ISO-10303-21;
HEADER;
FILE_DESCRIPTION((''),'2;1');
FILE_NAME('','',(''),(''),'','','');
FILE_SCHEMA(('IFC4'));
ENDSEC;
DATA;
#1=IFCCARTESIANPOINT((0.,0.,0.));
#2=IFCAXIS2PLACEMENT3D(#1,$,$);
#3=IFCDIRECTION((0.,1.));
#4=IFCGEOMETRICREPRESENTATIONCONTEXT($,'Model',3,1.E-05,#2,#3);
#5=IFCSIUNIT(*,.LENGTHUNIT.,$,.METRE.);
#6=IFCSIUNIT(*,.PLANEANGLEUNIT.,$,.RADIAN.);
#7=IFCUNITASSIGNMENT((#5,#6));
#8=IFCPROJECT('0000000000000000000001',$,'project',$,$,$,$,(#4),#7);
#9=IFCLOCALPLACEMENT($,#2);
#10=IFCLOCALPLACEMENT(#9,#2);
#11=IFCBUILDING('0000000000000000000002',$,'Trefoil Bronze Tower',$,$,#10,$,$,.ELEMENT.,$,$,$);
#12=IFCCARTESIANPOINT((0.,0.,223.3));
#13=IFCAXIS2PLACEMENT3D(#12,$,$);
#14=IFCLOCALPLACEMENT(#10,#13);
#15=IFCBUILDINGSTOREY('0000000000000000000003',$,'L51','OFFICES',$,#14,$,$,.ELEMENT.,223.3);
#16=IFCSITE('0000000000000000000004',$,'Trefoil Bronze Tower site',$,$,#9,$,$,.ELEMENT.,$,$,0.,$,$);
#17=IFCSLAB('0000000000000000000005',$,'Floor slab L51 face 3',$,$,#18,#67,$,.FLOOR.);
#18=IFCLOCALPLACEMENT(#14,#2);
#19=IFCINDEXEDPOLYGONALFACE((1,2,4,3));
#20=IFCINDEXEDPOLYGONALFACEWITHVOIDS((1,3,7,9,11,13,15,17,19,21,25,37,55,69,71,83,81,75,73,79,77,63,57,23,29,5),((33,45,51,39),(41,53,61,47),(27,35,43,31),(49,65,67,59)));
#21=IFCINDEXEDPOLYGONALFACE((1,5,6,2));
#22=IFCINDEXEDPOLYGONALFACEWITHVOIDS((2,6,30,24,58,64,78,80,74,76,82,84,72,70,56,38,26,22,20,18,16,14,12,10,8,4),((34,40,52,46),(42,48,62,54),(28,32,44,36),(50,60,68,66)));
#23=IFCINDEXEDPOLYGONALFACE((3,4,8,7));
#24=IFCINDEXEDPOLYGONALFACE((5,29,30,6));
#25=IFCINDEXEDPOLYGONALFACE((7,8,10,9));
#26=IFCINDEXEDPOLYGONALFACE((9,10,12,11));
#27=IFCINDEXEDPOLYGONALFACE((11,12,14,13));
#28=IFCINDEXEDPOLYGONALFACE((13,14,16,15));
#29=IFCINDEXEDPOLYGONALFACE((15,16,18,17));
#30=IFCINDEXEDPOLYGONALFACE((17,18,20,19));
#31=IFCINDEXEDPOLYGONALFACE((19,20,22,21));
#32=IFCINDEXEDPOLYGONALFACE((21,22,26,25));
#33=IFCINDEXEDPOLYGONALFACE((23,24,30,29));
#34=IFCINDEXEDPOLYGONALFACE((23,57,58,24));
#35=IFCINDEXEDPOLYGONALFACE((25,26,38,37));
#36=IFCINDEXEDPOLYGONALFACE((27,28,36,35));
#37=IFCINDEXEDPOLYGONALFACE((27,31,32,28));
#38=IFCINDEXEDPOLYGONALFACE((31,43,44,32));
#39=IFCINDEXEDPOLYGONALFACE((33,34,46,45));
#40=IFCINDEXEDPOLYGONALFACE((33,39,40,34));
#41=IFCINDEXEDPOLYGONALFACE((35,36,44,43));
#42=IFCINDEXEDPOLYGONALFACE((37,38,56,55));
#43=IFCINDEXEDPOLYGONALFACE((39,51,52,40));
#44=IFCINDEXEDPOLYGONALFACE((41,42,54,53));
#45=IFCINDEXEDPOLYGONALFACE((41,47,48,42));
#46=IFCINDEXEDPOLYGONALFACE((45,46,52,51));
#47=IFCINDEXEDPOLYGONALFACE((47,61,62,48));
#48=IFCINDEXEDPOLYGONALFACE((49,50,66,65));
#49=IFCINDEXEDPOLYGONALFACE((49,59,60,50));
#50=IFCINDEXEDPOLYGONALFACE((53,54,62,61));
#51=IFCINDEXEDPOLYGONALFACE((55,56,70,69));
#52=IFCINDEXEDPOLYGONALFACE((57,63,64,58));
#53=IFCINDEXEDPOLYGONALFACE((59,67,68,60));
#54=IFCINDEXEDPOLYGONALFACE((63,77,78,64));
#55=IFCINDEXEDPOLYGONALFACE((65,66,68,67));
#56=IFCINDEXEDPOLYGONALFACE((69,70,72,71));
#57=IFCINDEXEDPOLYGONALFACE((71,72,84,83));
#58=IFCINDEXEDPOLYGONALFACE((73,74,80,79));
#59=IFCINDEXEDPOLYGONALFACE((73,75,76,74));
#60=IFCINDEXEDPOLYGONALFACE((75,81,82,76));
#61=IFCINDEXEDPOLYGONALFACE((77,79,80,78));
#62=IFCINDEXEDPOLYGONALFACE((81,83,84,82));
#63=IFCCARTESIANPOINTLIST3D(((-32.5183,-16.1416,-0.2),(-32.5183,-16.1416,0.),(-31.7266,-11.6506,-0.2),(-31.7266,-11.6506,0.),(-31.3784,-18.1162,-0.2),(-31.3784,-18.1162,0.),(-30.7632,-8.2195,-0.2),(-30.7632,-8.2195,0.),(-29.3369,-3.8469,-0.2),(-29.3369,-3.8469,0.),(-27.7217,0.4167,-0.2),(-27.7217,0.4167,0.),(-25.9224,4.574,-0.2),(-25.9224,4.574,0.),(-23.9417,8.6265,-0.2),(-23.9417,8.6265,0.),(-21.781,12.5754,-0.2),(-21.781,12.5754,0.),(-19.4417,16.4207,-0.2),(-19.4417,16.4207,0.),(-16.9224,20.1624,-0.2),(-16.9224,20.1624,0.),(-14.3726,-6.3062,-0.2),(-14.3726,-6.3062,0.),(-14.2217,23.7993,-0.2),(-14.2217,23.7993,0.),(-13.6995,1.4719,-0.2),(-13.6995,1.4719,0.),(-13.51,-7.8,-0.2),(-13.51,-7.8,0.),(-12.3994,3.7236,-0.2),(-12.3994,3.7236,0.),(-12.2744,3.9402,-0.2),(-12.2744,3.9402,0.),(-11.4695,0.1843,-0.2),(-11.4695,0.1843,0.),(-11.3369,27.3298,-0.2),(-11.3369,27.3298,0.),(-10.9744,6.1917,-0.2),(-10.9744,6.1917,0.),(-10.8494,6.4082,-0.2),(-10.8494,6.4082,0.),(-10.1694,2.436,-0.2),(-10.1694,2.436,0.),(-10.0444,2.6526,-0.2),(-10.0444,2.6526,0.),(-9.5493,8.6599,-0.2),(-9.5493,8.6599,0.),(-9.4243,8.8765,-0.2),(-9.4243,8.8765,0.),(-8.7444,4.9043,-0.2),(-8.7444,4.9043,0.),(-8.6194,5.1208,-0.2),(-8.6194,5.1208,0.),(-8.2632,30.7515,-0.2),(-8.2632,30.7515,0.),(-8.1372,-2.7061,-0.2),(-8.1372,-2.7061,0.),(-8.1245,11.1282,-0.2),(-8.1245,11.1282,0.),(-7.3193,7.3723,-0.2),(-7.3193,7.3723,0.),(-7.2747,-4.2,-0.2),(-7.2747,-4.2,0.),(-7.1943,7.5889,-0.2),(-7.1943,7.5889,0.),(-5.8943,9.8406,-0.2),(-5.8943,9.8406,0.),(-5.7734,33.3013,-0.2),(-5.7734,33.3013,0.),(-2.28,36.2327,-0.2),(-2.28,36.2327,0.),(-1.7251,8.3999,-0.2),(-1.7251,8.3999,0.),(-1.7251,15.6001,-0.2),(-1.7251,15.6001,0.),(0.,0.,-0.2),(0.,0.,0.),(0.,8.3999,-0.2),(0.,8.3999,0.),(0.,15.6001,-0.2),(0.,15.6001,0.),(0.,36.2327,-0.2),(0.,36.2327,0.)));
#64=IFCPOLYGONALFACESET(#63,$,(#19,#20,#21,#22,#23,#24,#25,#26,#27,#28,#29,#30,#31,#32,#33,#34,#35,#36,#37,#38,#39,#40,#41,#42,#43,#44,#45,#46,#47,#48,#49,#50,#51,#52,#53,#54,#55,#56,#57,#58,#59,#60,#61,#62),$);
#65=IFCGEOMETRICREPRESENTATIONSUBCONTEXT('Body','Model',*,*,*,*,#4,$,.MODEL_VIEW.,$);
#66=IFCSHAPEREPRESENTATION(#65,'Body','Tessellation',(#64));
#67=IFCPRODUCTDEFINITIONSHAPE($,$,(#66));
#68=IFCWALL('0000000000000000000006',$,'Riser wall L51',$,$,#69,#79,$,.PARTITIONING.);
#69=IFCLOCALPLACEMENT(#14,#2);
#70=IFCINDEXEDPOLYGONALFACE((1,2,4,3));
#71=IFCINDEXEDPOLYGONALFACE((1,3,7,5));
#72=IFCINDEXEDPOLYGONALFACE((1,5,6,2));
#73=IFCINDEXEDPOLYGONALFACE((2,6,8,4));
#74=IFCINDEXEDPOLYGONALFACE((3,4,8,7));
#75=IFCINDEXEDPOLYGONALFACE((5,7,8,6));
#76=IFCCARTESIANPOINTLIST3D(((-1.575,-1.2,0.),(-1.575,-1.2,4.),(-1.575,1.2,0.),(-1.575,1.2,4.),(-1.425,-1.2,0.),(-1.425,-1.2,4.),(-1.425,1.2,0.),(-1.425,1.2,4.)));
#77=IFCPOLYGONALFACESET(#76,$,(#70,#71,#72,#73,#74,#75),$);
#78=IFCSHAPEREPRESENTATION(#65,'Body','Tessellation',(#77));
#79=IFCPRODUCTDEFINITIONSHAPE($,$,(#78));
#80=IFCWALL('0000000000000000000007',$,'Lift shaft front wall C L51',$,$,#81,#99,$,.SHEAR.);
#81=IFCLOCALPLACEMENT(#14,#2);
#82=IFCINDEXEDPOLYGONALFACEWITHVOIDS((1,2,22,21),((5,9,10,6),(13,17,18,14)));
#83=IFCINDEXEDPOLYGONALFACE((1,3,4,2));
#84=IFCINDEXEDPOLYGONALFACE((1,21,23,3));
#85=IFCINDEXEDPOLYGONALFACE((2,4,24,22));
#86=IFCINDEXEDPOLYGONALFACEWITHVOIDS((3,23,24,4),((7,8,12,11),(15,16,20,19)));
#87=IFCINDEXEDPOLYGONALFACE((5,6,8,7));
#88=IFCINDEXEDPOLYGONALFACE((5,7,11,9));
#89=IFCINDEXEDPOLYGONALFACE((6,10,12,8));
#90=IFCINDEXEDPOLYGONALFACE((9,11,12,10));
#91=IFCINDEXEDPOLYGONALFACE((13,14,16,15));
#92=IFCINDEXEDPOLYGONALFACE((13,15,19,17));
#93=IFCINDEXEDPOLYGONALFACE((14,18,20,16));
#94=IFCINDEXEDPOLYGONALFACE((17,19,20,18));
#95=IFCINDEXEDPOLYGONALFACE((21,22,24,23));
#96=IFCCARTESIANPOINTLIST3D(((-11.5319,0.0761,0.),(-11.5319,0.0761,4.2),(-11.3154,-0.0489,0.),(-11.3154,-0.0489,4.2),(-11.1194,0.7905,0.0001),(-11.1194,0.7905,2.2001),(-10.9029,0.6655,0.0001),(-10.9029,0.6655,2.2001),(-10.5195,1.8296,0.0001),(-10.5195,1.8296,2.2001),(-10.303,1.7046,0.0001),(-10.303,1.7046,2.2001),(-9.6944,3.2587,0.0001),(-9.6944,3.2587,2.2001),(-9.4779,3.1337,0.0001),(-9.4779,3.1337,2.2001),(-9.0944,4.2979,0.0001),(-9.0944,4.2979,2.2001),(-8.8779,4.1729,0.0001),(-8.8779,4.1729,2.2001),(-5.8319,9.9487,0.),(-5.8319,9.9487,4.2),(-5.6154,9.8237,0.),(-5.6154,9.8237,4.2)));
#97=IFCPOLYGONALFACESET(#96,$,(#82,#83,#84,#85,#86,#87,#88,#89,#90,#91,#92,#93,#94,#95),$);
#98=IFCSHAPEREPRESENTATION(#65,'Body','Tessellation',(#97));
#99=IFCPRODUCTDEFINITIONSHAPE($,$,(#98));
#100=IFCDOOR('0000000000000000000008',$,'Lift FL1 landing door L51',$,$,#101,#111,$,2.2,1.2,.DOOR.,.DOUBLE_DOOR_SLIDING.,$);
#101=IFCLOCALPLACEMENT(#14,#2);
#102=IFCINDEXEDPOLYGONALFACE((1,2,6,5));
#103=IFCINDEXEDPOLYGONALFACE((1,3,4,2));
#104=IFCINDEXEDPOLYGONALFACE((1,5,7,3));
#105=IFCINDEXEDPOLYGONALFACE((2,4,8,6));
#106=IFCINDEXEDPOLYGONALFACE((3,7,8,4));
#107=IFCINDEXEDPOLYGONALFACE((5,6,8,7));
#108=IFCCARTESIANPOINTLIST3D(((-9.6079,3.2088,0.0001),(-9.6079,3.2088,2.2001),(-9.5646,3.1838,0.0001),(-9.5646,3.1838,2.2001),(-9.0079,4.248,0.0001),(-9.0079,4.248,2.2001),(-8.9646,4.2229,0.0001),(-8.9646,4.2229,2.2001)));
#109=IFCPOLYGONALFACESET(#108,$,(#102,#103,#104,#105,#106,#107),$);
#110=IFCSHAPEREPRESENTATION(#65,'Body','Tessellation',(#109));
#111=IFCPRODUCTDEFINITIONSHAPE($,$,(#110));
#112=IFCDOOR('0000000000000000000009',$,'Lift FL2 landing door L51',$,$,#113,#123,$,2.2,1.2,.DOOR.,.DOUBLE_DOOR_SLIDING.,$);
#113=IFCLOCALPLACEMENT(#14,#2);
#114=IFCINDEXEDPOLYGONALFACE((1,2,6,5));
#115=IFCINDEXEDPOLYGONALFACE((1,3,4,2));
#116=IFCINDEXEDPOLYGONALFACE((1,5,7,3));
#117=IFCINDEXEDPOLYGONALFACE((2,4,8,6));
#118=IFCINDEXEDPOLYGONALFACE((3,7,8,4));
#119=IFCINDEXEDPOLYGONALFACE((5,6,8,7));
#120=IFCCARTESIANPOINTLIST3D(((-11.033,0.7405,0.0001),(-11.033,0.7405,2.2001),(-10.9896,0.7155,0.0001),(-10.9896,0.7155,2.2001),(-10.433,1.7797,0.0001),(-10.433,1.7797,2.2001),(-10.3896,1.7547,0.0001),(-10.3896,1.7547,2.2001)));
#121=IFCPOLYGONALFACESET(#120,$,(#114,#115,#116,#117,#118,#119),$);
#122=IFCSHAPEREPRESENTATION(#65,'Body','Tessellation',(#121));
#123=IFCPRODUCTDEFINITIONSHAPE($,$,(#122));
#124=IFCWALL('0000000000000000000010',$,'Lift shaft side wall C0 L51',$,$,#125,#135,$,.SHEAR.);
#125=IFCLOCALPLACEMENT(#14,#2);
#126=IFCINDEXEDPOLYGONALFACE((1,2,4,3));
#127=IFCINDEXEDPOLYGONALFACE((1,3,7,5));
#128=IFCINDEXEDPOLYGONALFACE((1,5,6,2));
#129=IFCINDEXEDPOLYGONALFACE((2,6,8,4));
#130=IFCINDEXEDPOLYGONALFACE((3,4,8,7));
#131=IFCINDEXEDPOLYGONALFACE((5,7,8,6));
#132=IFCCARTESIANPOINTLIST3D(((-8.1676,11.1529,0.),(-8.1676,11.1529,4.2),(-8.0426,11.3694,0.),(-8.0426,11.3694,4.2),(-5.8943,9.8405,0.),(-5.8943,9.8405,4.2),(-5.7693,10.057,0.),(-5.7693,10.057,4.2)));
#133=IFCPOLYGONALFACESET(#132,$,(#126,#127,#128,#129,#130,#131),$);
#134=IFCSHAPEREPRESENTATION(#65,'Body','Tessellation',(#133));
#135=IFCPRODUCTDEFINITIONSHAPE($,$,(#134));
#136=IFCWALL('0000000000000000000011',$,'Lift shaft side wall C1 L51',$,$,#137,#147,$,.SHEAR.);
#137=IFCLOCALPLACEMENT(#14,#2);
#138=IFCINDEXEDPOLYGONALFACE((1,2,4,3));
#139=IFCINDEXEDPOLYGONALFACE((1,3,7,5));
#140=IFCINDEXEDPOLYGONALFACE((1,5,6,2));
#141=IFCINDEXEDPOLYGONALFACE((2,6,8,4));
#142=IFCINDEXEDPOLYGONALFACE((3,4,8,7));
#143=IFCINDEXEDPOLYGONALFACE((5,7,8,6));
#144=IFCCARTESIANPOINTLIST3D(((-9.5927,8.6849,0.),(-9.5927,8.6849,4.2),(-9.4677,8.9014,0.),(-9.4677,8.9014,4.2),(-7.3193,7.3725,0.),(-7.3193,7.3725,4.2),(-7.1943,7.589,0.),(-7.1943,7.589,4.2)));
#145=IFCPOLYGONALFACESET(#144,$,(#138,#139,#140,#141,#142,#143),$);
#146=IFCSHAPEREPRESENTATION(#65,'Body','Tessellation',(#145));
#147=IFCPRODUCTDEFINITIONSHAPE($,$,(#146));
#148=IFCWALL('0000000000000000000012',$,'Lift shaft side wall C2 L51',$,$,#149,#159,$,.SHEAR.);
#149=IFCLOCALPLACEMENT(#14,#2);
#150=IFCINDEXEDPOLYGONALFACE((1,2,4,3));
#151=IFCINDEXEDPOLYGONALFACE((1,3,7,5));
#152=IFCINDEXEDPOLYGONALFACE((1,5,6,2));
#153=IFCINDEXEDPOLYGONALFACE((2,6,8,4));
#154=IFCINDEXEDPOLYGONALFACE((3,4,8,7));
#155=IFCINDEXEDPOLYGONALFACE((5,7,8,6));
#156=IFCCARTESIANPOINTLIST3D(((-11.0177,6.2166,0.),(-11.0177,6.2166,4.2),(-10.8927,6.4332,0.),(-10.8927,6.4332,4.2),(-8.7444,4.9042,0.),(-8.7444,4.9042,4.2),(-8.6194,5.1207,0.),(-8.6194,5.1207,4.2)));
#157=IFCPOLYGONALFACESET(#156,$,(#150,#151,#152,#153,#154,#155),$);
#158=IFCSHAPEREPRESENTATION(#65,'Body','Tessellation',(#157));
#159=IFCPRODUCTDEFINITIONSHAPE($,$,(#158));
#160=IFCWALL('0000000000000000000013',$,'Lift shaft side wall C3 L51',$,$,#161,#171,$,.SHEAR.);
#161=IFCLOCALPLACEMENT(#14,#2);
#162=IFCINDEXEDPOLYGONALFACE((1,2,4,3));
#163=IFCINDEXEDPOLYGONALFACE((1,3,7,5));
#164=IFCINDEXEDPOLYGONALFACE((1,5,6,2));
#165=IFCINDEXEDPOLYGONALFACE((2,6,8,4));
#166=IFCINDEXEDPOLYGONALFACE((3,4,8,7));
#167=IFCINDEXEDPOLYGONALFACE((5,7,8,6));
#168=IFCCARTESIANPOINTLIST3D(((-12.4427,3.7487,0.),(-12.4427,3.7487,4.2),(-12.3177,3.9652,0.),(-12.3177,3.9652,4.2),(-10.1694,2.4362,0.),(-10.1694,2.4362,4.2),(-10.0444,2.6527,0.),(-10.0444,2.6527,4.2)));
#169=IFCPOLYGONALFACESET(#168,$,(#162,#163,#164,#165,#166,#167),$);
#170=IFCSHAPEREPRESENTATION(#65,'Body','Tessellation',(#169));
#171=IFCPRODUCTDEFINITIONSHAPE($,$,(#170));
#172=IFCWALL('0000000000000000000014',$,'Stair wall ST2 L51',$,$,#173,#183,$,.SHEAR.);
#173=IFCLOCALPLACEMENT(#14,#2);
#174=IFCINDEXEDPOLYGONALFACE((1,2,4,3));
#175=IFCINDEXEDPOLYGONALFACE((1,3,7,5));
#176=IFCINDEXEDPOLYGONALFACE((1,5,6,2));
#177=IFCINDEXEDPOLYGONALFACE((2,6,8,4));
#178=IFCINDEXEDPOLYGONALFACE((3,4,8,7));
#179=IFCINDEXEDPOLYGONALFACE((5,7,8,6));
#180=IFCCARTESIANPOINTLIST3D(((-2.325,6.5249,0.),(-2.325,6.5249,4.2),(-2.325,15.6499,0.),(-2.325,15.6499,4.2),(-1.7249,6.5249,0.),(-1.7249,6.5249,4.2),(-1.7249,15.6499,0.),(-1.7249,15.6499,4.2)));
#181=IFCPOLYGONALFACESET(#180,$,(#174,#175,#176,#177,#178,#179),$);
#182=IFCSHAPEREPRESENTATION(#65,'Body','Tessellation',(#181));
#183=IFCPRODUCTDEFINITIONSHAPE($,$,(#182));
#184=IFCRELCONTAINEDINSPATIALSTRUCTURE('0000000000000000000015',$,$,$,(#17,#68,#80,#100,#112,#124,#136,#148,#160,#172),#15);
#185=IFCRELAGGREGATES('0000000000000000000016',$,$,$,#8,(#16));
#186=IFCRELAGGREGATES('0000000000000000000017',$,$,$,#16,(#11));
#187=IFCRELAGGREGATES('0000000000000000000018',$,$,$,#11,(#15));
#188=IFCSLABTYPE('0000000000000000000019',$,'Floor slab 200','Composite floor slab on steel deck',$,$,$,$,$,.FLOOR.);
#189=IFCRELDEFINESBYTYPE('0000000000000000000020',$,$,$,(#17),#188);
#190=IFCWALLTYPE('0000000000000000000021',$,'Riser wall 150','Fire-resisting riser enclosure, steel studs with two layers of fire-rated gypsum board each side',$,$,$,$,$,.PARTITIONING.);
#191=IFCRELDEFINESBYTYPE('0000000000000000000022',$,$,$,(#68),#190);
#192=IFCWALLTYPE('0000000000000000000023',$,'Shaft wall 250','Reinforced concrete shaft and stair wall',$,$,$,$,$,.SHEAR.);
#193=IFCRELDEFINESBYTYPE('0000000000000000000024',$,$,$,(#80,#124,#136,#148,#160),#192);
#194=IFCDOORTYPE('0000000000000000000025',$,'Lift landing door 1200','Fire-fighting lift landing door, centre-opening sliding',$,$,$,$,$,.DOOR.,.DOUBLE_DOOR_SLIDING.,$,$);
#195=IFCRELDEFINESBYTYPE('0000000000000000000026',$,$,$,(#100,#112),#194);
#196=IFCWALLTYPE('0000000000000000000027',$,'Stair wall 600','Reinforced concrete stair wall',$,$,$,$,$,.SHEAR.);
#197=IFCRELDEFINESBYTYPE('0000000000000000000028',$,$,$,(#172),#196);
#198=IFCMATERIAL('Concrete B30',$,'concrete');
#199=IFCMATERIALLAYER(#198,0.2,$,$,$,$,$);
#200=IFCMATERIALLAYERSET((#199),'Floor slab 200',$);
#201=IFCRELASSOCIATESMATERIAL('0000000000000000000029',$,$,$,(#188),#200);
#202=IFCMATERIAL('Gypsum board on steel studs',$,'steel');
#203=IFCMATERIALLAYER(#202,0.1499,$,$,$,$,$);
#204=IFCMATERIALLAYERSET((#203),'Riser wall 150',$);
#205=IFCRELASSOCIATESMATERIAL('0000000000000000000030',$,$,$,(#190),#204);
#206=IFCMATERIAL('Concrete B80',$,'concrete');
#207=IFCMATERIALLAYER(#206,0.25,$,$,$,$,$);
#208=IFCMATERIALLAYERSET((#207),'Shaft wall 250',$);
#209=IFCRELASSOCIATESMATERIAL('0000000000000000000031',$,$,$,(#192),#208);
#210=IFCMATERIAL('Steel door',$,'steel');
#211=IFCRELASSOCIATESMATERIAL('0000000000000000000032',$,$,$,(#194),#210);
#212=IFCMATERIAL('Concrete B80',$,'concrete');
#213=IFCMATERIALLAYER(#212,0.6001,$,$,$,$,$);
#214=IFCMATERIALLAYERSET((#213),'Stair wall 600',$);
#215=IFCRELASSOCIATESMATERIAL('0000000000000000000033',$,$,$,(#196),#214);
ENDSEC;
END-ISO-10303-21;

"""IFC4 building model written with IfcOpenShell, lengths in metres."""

from ifc_helpers import new_model, si_unit, direction, frame, frame_2d, origin, place, context, subcontext, project, spatial, polyline, rectangle, outline, extrude, material, layer, layer_set, type_object, element, fill, save


model = new_model("IFC4")

# Units and contexts
model_context = context("Model", 3, precision=1e-05, world=origin(), true_north=direction((0.0, 1.0)))
body_context = subcontext(model_context, "Body", "Model", "MODEL_VIEW")
ifc_project = project(units=[si_unit("LENGTHUNIT", "METRE"), si_unit("PLANEANGLEUNIT", "RADIAN")], contexts=[model_context])

# Site, building, storey
site_placement = place(None, origin())
site = spatial("IfcSite", under=ifc_project, at=site_placement, Name="Trefoil Bronze Tower site", CompositionType="ELEMENT", RefElevation=0.0)
building_placement = place(site_placement, origin())
building = spatial("IfcBuilding", under=site, at=building_placement, Name="Trefoil Bronze Tower", CompositionType="ELEMENT")
storey_placement = place(building_placement, frame((0.0, 0.0, 223.3)))
storey = spatial("IfcBuildingStorey", under=building, at=storey_placement, Name="L51", Description="OFFICES", CompositionType="ELEMENT", Elevation=223.3)

# Slab
ifc_material_1 = material(Name="Concrete B30", Category="concrete")
ifc_layer_1 = layer(ifc_material_1, 0.2)
ifc_layer_set_1 = layer_set([ifc_layer_1], Name="Floor slab 200")
slab_type = type_object("IfcSlabType", Name="Floor slab 200", Description="Composite floor slab on steel deck", PredefinedType="FLOOR", material=ifc_layer_set_1)
slab_placement = place(storey_placement, frame((0.0, 0.0, -0.2)))
element("IfcSlab", 1, at=slab_placement, inside=storey, type_object=slab_type, Name="Floor slab L51 face 3", PredefinedType="FLOOR", context=body_context, shape_type="SweptSolid", body=[
    extrude(outline(polyline([(-29.3369, -3.8469), (-27.7217, 0.4167), (-25.9224, 4.574), (-23.9417, 8.6265), (-21.781, 12.5754), (-19.4417, 16.4207), (-16.9224, 20.1624), (-14.2217, 23.7993), (-11.3369, 27.3298), (-8.2632, 30.7515), (-5.7734, 33.3013), (-2.28, 36.2327), (0.0, 36.2327), (0.0, 15.6001), (-1.7251, 15.6001), (-1.7251, 8.3999), (0.0, 8.3999), (0.0, 0.0), (-7.2747, -4.2), (-8.1372, -2.7061), (-14.3726, -6.3062), (-13.51, -7.8), (-31.3784, -18.1162), (-32.5183, -16.1416), (-31.7266, -11.6506), (-30.7632, -8.2195), (-29.3369, -3.8469)]), holes=[polyline([(-5.8943, 9.8406), (-7.1943, 7.5889), (-9.4243, 8.8765), (-8.1245, 11.1282), (-5.8943, 9.8406)]), polyline([(-7.3193, 7.3723), (-8.6194, 5.1208), (-10.8494, 6.4082), (-9.5493, 8.6599), (-7.3193, 7.3723)]), polyline([(-8.7444, 4.9043), (-10.0444, 2.6526), (-12.2744, 3.9402), (-10.9744, 6.1917), (-8.7444, 4.9043)]), polyline([(-10.1694, 2.436), (-11.4695, 0.1843), (-13.6995, 1.4719), (-12.3994, 3.7236), (-10.1694, 2.436)])]), origin(), (0.0, 0.0, 1.0), 0.2),
])

# Wall
ifc_material_2 = material(Name="Gypsum board on steel studs", Category="steel")
ifc_layer_2 = layer(ifc_material_2, 0.1499)
ifc_layer_set_2 = layer_set([ifc_layer_2], Name="Riser wall 150")
wall_type_1 = type_object("IfcWallType", Name="Riser wall 150", Description="Fire-resisting riser enclosure, steel studs with two layers of fire-rated gypsum board each side", PredefinedType="PARTITIONING", material=ifc_layer_set_2)
wall_1_placement = place(storey_placement, frame((-1.5, 1.2, 0.0), z_axis=(0.0, 0.0, 1.0), x_axis=(0.0, -1.0, 0.0)))
element("IfcWall", 2, at=wall_1_placement, inside=storey, type_object=wall_type_1, Name="Riser wall L51", PredefinedType="PARTITIONING", context=body_context, shape_type="SweptSolid", body=[
    extrude(rectangle(XDim=2.3999, YDim=0.1499, at=frame_2d((1.2, 0.0))), origin(), (0.0, 0.0, 1.0), 4.0),
])

# Wall, openings, doors
ifc_material_3 = material(Name="Concrete B80", Category="concrete")
ifc_layer_3 = layer(ifc_material_3, 0.25)
ifc_layer_set_3 = layer_set([ifc_layer_3], Name="Shaft wall 250")
wall_type_2 = type_object("IfcWallType", Name="Shaft wall 250", Description="Reinforced concrete shaft and stair wall", PredefinedType="SHEAR", material=ifc_layer_set_3)
wall_2_placement = place(storey_placement, frame((-5.7236, 9.8862, 0.0), z_axis=(0.0, 0.0, 1.0), x_axis=(-0.500002, -0.866024, 0.0)))
wall_2 = element("IfcWall", 3, at=wall_2_placement, inside=storey, type_object=wall_type_2, Name="Lift shaft front wall C L51", PredefinedType="SHEAR", context=body_context, shape_type="SweptSolid", body=[
    extrude(rectangle(XDim=11.3999, YDim=0.25, at=frame_2d((5.7, 0.0))), origin(), (0.0, 0.0, 1.0), 4.2),
])
opening_1_placement = place(wall_2_placement, frame((6.5249, 0.0, 0.0)))
opening_1 = element("IfcOpeningElement", 4, at=opening_1_placement, cuts=wall_2, PredefinedType="OPENING", context=body_context, shape_type="SweptSolid", body=[
    extrude(rectangle(XDim=1.2, YDim=2.2, at=frame_2d((0.6001, 1.1001))), frame((0.0, 0.135, 0.0), z_axis=(0.0, -1.0, 0.0), x_axis=(1.0, 0.0, 0.0)), (0.0, 0.0, 1.0), 0.27),
])
opening_2_placement = place(wall_2_placement, frame((9.375, 0.0, 0.0)))
opening_2 = element("IfcOpeningElement", 5, at=opening_2_placement, cuts=wall_2, PredefinedType="OPENING", context=body_context, shape_type="SweptSolid", body=[
    extrude(rectangle(XDim=1.2, YDim=2.2, at=frame_2d((0.6001, 1.1001))), frame((0.0, 0.135, 0.0), z_axis=(0.0, -1.0, 0.0), x_axis=(1.0, 0.0, 0.0)), (0.0, 0.0, 1.0), 0.27),
])
ifc_material_4 = material(Name="Steel door", Category="steel")
door_type = type_object("IfcDoorType", Name="Lift landing door 1200", Description="Fire-fighting lift landing door, centre-opening sliding", OperationType="DOUBLE_DOOR_SLIDING", PredefinedType="DOOR", material=ifc_material_4)
door_1_placement = place(opening_1_placement, origin())
door_1 = element("IfcDoor", 6, at=door_1_placement, inside=storey, type_object=door_type, Name="Lift FL1 landing door L51", OperationType="DOUBLE_DOOR_SLIDING", OverallHeight=2.2, OverallWidth=1.2, PredefinedType="DOOR", context=body_context, shape_type="SweptSolid", body=[
    extrude(rectangle(XDim=1.2, YDim=2.2, at=frame_2d((0.6001, 1.1001))), frame((0.0, 0.0249, 0.0), z_axis=(0.0, -1.0, 0.0), x_axis=(1.0, 0.0, 0.0)), (0.0, 0.0, 1.0), 0.05),
])
fill(opening_1, door_1)
door_2_placement = place(opening_2_placement, origin())
door_2 = element("IfcDoor", 7, at=door_2_placement, inside=storey, type_object=door_type, Name="Lift FL2 landing door L51", OperationType="DOUBLE_DOOR_SLIDING", OverallHeight=2.2, OverallWidth=1.2, PredefinedType="DOOR", context=body_context, shape_type="SweptSolid", body=[
    extrude(rectangle(XDim=1.2, YDim=2.2, at=frame_2d((0.6001, 1.1001))), frame((0.0, 0.0249, 0.0), z_axis=(0.0, -1.0, 0.0), x_axis=(1.0, 0.0, 0.0)), (0.0, 0.0, 1.0), 0.05),
])
fill(opening_2, door_2)

# Walls
for number, where, z_axis, x_axis, name in (
    (8, (-5.8318, 9.9487, 0.0), (0.0, 0.0, 1.0), (-0.866037, 0.49998, 0.0), "Lift shaft side wall C0 L51"),
    (9, (-7.2568, 7.4807, 0.0), (0.0, 0.0, 1.0), (-0.866037, 0.49998, 0.0), "Lift shaft side wall C1 L51"),
    (10, (-8.6819, 5.0125, 0.0), (0.0, 0.0, 1.0), (-0.866037, 0.49998, 0.0), "Lift shaft side wall C2 L51"),
    (11, (-10.1069, 2.5444, 0.0), (0.0, 0.0, 1.0), (-0.866014, 0.50002, 0.0), "Lift shaft side wall C3 L51"),
):
    element("IfcWall", number, at=place(storey_placement, frame(where, z_axis=z_axis, x_axis=x_axis)), inside=storey, type_object=wall_type_2, Name=name, PredefinedType="SHEAR", context=body_context, shape_type="SweptSolid", body=[
        extrude(rectangle(XDim=2.625, YDim=0.25, at=frame_2d((1.3125, 0.0))), origin(), (0.0, 0.0, 1.0), 4.2),
    ])
ifc_material_5 = material(Name="Concrete B80", Category="concrete")
ifc_layer_4 = layer(ifc_material_5, 0.6001)
ifc_layer_set_4 = layer_set([ifc_layer_4], Name="Stair wall 600")
wall_type_3 = type_object("IfcWallType", Name="Stair wall 600", Description="Reinforced concrete stair wall", PredefinedType="SHEAR", material=ifc_layer_set_4)
wall_3_placement = place(storey_placement, frame((-2.0249, 6.5249, 0.0), z_axis=(0.0, 0.0, 1.0), x_axis=(0.0, 1.0, 0.0)))
element("IfcWall", 12, at=wall_3_placement, inside=storey, type_object=wall_type_3, Name="Stair wall ST2 L51", PredefinedType="SHEAR", context=body_context, shape_type="SweptSolid", body=[
    extrude(rectangle(XDim=9.125, YDim=0.6001, at=frame_2d((4.5625, 0.0))), origin(), (0.0, 0.0, 1.0), 4.2),
])

save(model, "model.ifc")
